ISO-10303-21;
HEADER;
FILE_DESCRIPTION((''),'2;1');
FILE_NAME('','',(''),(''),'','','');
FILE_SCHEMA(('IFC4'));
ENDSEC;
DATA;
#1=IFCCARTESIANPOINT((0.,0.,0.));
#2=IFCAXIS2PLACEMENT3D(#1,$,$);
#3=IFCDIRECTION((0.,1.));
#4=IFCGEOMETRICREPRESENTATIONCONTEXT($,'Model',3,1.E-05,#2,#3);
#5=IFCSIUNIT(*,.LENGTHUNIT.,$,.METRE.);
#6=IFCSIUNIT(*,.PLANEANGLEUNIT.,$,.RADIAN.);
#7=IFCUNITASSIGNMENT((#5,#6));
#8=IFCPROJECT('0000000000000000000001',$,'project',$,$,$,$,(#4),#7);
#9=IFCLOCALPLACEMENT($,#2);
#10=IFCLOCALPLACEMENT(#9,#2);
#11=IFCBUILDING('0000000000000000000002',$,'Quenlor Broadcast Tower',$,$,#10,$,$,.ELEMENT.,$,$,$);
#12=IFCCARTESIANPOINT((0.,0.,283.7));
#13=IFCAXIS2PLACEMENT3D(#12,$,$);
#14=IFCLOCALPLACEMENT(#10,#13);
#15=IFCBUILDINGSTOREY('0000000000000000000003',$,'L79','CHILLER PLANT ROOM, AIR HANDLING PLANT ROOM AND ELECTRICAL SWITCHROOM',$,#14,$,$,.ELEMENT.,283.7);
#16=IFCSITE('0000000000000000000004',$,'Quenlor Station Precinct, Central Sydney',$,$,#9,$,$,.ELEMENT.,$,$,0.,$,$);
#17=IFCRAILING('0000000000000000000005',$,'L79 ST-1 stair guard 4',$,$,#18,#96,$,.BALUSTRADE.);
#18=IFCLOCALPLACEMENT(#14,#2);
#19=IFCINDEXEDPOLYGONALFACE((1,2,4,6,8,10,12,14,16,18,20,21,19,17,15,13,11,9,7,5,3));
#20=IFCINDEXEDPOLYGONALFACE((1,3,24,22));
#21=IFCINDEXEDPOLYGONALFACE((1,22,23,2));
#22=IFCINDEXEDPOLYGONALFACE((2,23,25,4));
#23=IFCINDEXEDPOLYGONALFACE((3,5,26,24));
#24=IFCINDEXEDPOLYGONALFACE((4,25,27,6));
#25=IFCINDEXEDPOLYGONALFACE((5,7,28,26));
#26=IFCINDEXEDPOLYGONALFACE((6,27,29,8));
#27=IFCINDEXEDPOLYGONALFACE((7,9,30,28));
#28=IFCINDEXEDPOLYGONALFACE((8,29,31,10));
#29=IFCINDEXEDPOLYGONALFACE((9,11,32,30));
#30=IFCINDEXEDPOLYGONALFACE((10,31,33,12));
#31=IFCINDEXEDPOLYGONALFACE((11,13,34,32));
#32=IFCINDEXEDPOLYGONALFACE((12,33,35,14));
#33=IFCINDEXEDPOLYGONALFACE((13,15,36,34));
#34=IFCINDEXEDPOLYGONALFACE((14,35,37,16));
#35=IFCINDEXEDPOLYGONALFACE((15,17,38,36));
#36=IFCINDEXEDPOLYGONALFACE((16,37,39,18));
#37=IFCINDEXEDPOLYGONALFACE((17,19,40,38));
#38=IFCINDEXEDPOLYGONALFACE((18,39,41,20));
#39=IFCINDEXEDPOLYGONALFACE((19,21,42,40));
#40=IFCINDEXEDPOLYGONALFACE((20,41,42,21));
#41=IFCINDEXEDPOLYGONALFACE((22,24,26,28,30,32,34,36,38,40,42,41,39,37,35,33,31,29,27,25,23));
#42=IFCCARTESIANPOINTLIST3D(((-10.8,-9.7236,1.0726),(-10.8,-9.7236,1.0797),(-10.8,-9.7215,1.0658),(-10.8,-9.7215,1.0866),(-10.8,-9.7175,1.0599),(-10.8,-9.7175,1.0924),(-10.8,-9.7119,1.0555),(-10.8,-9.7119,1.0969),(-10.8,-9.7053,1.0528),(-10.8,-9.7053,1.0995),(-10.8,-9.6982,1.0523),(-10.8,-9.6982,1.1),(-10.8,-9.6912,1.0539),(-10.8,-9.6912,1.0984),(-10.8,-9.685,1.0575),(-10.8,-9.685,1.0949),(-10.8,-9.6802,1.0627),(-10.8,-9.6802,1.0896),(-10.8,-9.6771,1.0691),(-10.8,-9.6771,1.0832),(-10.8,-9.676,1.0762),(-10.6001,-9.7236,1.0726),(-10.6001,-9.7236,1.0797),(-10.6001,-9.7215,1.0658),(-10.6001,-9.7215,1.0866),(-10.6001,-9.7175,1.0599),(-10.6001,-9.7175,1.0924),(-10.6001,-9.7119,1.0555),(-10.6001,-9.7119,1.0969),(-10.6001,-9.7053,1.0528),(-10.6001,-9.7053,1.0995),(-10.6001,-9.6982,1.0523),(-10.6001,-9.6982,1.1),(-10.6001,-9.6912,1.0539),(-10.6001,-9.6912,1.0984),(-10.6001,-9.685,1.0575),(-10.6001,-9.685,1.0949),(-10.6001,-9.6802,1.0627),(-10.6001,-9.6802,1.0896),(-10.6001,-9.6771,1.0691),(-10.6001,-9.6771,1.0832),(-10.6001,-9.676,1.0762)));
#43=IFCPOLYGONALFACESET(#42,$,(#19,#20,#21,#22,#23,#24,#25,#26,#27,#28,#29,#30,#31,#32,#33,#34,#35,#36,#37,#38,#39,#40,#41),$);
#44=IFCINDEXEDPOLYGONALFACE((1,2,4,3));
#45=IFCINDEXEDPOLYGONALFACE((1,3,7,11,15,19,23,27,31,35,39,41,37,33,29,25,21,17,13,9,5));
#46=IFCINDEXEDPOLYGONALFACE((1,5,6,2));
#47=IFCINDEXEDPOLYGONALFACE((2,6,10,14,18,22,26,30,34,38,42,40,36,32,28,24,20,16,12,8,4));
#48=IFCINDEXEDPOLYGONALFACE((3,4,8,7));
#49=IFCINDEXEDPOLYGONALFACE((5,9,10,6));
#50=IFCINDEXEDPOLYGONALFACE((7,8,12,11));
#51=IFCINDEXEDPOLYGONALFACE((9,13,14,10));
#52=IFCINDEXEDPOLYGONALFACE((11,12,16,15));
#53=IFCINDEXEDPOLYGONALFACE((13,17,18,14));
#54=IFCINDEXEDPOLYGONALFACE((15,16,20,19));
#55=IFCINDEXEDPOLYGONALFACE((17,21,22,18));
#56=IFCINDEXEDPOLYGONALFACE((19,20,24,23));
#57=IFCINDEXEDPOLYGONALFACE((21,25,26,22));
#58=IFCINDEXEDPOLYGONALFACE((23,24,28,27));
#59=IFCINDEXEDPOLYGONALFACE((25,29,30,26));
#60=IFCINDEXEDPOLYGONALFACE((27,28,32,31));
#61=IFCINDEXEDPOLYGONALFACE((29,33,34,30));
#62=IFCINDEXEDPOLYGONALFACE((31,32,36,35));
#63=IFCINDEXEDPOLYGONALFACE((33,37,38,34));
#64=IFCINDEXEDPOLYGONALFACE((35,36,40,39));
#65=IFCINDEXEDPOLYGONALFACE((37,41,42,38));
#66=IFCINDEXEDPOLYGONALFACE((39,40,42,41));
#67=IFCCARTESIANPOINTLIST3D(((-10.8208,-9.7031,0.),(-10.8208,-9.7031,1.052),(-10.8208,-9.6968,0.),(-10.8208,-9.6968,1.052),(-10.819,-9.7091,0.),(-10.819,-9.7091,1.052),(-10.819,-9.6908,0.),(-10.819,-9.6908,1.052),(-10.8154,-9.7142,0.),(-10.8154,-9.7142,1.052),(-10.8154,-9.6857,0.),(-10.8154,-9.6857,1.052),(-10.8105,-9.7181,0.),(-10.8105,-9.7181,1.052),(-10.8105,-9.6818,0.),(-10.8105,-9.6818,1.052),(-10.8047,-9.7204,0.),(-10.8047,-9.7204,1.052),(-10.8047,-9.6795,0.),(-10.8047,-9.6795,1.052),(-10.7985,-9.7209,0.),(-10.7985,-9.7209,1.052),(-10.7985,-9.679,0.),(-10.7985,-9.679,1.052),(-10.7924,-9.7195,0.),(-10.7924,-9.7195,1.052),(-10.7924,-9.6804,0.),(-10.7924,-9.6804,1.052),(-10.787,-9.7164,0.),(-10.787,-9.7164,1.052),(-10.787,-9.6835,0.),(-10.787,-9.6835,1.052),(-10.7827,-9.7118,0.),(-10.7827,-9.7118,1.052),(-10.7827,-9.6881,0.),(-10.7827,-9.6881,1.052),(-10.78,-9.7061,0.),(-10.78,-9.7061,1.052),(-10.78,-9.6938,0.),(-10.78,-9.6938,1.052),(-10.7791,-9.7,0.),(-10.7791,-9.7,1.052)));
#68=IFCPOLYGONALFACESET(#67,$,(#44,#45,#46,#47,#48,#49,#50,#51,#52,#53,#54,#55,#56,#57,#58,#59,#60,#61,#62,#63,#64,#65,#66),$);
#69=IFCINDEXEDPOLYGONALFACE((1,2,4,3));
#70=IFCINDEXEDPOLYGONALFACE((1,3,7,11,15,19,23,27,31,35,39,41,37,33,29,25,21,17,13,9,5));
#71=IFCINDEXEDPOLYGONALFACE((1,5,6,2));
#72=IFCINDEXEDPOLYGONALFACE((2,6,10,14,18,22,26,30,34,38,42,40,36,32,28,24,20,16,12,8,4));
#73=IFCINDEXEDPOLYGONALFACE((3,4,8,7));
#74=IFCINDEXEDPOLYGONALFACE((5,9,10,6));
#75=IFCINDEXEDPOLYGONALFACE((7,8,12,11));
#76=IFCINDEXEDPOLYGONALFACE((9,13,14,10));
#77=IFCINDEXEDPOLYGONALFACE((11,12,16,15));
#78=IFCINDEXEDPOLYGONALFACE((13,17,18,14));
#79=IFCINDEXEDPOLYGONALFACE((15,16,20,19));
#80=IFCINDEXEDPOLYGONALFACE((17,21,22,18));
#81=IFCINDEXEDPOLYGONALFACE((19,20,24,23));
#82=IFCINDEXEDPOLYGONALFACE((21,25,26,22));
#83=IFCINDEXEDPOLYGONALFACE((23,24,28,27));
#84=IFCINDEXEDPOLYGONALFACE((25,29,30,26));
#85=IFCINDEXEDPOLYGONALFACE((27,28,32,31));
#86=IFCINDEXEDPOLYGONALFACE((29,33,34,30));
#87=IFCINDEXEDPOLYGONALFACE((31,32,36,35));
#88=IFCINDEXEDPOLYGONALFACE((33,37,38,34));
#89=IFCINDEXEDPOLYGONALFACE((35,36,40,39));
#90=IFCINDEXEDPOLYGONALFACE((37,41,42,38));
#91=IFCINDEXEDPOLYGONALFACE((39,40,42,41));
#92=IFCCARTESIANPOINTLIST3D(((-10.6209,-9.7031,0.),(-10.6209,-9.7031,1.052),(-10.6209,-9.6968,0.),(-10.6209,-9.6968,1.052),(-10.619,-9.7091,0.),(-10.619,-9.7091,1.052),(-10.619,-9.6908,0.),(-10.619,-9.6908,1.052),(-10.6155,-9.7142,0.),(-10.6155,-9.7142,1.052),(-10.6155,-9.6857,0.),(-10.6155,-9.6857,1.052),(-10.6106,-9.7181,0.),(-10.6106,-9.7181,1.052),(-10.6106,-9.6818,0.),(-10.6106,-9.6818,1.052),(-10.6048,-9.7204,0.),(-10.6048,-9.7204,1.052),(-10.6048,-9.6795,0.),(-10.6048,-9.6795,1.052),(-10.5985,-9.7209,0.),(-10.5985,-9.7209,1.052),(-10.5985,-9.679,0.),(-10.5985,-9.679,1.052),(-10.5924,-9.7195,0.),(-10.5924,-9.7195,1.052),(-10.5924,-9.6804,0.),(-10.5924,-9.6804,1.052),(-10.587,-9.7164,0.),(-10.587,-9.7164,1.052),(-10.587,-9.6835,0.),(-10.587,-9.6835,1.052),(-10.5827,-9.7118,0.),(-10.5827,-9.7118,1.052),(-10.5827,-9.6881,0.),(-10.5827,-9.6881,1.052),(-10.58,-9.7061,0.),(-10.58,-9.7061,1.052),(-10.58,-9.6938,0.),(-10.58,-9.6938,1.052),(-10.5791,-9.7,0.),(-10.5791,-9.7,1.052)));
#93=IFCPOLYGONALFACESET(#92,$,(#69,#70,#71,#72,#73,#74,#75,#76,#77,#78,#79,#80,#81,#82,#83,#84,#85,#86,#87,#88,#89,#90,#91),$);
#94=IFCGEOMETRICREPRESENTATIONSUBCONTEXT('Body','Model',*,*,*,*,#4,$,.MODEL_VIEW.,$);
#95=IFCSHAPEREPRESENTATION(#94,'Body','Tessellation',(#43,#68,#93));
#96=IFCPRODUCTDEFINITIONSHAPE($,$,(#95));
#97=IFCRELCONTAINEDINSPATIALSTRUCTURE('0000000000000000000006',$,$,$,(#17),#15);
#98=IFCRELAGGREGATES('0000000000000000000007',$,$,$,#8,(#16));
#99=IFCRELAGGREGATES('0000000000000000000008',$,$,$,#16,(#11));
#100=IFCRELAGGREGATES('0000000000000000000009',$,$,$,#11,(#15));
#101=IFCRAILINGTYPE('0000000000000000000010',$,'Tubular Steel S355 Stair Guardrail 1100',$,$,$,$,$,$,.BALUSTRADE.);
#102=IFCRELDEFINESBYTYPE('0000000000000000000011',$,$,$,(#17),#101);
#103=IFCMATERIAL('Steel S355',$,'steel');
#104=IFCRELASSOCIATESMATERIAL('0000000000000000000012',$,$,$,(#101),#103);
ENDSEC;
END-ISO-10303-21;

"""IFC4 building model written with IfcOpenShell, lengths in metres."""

from ifc_helpers import new_model, si_unit, direction, frame, origin, origin_2d, place, context, subcontext, project, spatial, circle, extrude, material, type_object, element, save


model = new_model("IFC4")

# Units and contexts
model_context = context("Model", 3, precision=1e-05, world=origin(), true_north=direction((0.0, 1.0)))
body_context = subcontext(model_context, "Body", "Model", "MODEL_VIEW")
ifc_project = project(units=[si_unit("LENGTHUNIT", "METRE"), si_unit("PLANEANGLEUNIT", "RADIAN")], contexts=[model_context])

# Site, building, storey
site_placement = place(None, origin())
site = spatial("IfcSite", under=ifc_project, at=site_placement, Name="Quenlor Station Precinct, Central Sydney", CompositionType="ELEMENT", RefElevation=0.0)
building_placement = place(site_placement, origin())
building = spatial("IfcBuilding", under=site, at=building_placement, Name="Quenlor Broadcast Tower", CompositionType="ELEMENT")
storey_placement = place(building_placement, frame((0.0, 0.0, 283.7)))
storey = spatial("IfcBuildingStorey", under=building, at=storey_placement, Name="L79", Description="CHILLER PLANT ROOM, AIR HANDLING PLANT ROOM AND ELECTRICAL SWITCHROOM", CompositionType="ELEMENT", Elevation=283.7)

# Railing
ifc_material_1 = material(Name="Steel S355", Category="steel")
railing_type_1 = type_object("IfcRailingType", Name="Tubular Steel S355 Stair Guardrail 1100", PredefinedType="BALUSTRADE", material=ifc_material_1)
railing_1_placement = place(storey_placement, frame((-10.8, -9.7, 0.0)))
element("IfcRailing", 1, at=railing_1_placement, inside=storey, type_object=railing_type_1, Name="L79 ST-1 stair guard 4", PredefinedType="BALUSTRADE", context=body_context, shape_type="SweptSolid", body=[
    extrude(circle(Radius=0.0239, at=origin_2d()), frame((0.0, 0.0, 1.0762), z_axis=(1.0, 0.0, 0.0), x_axis=(0.0, 1.0, 0.0)), (0.0, 0.0, 1.0), 0.2),
    extrude(circle(Radius=0.021, at=origin_2d()), origin(), (0.0, 0.0, 1.0), 1.052),
    extrude(circle(Radius=0.021, at=origin_2d()), frame((0.2, 0.0, 0.0)), (0.0, 0.0, 1.0), 1.052),
])

save(model, "model.ifc")
